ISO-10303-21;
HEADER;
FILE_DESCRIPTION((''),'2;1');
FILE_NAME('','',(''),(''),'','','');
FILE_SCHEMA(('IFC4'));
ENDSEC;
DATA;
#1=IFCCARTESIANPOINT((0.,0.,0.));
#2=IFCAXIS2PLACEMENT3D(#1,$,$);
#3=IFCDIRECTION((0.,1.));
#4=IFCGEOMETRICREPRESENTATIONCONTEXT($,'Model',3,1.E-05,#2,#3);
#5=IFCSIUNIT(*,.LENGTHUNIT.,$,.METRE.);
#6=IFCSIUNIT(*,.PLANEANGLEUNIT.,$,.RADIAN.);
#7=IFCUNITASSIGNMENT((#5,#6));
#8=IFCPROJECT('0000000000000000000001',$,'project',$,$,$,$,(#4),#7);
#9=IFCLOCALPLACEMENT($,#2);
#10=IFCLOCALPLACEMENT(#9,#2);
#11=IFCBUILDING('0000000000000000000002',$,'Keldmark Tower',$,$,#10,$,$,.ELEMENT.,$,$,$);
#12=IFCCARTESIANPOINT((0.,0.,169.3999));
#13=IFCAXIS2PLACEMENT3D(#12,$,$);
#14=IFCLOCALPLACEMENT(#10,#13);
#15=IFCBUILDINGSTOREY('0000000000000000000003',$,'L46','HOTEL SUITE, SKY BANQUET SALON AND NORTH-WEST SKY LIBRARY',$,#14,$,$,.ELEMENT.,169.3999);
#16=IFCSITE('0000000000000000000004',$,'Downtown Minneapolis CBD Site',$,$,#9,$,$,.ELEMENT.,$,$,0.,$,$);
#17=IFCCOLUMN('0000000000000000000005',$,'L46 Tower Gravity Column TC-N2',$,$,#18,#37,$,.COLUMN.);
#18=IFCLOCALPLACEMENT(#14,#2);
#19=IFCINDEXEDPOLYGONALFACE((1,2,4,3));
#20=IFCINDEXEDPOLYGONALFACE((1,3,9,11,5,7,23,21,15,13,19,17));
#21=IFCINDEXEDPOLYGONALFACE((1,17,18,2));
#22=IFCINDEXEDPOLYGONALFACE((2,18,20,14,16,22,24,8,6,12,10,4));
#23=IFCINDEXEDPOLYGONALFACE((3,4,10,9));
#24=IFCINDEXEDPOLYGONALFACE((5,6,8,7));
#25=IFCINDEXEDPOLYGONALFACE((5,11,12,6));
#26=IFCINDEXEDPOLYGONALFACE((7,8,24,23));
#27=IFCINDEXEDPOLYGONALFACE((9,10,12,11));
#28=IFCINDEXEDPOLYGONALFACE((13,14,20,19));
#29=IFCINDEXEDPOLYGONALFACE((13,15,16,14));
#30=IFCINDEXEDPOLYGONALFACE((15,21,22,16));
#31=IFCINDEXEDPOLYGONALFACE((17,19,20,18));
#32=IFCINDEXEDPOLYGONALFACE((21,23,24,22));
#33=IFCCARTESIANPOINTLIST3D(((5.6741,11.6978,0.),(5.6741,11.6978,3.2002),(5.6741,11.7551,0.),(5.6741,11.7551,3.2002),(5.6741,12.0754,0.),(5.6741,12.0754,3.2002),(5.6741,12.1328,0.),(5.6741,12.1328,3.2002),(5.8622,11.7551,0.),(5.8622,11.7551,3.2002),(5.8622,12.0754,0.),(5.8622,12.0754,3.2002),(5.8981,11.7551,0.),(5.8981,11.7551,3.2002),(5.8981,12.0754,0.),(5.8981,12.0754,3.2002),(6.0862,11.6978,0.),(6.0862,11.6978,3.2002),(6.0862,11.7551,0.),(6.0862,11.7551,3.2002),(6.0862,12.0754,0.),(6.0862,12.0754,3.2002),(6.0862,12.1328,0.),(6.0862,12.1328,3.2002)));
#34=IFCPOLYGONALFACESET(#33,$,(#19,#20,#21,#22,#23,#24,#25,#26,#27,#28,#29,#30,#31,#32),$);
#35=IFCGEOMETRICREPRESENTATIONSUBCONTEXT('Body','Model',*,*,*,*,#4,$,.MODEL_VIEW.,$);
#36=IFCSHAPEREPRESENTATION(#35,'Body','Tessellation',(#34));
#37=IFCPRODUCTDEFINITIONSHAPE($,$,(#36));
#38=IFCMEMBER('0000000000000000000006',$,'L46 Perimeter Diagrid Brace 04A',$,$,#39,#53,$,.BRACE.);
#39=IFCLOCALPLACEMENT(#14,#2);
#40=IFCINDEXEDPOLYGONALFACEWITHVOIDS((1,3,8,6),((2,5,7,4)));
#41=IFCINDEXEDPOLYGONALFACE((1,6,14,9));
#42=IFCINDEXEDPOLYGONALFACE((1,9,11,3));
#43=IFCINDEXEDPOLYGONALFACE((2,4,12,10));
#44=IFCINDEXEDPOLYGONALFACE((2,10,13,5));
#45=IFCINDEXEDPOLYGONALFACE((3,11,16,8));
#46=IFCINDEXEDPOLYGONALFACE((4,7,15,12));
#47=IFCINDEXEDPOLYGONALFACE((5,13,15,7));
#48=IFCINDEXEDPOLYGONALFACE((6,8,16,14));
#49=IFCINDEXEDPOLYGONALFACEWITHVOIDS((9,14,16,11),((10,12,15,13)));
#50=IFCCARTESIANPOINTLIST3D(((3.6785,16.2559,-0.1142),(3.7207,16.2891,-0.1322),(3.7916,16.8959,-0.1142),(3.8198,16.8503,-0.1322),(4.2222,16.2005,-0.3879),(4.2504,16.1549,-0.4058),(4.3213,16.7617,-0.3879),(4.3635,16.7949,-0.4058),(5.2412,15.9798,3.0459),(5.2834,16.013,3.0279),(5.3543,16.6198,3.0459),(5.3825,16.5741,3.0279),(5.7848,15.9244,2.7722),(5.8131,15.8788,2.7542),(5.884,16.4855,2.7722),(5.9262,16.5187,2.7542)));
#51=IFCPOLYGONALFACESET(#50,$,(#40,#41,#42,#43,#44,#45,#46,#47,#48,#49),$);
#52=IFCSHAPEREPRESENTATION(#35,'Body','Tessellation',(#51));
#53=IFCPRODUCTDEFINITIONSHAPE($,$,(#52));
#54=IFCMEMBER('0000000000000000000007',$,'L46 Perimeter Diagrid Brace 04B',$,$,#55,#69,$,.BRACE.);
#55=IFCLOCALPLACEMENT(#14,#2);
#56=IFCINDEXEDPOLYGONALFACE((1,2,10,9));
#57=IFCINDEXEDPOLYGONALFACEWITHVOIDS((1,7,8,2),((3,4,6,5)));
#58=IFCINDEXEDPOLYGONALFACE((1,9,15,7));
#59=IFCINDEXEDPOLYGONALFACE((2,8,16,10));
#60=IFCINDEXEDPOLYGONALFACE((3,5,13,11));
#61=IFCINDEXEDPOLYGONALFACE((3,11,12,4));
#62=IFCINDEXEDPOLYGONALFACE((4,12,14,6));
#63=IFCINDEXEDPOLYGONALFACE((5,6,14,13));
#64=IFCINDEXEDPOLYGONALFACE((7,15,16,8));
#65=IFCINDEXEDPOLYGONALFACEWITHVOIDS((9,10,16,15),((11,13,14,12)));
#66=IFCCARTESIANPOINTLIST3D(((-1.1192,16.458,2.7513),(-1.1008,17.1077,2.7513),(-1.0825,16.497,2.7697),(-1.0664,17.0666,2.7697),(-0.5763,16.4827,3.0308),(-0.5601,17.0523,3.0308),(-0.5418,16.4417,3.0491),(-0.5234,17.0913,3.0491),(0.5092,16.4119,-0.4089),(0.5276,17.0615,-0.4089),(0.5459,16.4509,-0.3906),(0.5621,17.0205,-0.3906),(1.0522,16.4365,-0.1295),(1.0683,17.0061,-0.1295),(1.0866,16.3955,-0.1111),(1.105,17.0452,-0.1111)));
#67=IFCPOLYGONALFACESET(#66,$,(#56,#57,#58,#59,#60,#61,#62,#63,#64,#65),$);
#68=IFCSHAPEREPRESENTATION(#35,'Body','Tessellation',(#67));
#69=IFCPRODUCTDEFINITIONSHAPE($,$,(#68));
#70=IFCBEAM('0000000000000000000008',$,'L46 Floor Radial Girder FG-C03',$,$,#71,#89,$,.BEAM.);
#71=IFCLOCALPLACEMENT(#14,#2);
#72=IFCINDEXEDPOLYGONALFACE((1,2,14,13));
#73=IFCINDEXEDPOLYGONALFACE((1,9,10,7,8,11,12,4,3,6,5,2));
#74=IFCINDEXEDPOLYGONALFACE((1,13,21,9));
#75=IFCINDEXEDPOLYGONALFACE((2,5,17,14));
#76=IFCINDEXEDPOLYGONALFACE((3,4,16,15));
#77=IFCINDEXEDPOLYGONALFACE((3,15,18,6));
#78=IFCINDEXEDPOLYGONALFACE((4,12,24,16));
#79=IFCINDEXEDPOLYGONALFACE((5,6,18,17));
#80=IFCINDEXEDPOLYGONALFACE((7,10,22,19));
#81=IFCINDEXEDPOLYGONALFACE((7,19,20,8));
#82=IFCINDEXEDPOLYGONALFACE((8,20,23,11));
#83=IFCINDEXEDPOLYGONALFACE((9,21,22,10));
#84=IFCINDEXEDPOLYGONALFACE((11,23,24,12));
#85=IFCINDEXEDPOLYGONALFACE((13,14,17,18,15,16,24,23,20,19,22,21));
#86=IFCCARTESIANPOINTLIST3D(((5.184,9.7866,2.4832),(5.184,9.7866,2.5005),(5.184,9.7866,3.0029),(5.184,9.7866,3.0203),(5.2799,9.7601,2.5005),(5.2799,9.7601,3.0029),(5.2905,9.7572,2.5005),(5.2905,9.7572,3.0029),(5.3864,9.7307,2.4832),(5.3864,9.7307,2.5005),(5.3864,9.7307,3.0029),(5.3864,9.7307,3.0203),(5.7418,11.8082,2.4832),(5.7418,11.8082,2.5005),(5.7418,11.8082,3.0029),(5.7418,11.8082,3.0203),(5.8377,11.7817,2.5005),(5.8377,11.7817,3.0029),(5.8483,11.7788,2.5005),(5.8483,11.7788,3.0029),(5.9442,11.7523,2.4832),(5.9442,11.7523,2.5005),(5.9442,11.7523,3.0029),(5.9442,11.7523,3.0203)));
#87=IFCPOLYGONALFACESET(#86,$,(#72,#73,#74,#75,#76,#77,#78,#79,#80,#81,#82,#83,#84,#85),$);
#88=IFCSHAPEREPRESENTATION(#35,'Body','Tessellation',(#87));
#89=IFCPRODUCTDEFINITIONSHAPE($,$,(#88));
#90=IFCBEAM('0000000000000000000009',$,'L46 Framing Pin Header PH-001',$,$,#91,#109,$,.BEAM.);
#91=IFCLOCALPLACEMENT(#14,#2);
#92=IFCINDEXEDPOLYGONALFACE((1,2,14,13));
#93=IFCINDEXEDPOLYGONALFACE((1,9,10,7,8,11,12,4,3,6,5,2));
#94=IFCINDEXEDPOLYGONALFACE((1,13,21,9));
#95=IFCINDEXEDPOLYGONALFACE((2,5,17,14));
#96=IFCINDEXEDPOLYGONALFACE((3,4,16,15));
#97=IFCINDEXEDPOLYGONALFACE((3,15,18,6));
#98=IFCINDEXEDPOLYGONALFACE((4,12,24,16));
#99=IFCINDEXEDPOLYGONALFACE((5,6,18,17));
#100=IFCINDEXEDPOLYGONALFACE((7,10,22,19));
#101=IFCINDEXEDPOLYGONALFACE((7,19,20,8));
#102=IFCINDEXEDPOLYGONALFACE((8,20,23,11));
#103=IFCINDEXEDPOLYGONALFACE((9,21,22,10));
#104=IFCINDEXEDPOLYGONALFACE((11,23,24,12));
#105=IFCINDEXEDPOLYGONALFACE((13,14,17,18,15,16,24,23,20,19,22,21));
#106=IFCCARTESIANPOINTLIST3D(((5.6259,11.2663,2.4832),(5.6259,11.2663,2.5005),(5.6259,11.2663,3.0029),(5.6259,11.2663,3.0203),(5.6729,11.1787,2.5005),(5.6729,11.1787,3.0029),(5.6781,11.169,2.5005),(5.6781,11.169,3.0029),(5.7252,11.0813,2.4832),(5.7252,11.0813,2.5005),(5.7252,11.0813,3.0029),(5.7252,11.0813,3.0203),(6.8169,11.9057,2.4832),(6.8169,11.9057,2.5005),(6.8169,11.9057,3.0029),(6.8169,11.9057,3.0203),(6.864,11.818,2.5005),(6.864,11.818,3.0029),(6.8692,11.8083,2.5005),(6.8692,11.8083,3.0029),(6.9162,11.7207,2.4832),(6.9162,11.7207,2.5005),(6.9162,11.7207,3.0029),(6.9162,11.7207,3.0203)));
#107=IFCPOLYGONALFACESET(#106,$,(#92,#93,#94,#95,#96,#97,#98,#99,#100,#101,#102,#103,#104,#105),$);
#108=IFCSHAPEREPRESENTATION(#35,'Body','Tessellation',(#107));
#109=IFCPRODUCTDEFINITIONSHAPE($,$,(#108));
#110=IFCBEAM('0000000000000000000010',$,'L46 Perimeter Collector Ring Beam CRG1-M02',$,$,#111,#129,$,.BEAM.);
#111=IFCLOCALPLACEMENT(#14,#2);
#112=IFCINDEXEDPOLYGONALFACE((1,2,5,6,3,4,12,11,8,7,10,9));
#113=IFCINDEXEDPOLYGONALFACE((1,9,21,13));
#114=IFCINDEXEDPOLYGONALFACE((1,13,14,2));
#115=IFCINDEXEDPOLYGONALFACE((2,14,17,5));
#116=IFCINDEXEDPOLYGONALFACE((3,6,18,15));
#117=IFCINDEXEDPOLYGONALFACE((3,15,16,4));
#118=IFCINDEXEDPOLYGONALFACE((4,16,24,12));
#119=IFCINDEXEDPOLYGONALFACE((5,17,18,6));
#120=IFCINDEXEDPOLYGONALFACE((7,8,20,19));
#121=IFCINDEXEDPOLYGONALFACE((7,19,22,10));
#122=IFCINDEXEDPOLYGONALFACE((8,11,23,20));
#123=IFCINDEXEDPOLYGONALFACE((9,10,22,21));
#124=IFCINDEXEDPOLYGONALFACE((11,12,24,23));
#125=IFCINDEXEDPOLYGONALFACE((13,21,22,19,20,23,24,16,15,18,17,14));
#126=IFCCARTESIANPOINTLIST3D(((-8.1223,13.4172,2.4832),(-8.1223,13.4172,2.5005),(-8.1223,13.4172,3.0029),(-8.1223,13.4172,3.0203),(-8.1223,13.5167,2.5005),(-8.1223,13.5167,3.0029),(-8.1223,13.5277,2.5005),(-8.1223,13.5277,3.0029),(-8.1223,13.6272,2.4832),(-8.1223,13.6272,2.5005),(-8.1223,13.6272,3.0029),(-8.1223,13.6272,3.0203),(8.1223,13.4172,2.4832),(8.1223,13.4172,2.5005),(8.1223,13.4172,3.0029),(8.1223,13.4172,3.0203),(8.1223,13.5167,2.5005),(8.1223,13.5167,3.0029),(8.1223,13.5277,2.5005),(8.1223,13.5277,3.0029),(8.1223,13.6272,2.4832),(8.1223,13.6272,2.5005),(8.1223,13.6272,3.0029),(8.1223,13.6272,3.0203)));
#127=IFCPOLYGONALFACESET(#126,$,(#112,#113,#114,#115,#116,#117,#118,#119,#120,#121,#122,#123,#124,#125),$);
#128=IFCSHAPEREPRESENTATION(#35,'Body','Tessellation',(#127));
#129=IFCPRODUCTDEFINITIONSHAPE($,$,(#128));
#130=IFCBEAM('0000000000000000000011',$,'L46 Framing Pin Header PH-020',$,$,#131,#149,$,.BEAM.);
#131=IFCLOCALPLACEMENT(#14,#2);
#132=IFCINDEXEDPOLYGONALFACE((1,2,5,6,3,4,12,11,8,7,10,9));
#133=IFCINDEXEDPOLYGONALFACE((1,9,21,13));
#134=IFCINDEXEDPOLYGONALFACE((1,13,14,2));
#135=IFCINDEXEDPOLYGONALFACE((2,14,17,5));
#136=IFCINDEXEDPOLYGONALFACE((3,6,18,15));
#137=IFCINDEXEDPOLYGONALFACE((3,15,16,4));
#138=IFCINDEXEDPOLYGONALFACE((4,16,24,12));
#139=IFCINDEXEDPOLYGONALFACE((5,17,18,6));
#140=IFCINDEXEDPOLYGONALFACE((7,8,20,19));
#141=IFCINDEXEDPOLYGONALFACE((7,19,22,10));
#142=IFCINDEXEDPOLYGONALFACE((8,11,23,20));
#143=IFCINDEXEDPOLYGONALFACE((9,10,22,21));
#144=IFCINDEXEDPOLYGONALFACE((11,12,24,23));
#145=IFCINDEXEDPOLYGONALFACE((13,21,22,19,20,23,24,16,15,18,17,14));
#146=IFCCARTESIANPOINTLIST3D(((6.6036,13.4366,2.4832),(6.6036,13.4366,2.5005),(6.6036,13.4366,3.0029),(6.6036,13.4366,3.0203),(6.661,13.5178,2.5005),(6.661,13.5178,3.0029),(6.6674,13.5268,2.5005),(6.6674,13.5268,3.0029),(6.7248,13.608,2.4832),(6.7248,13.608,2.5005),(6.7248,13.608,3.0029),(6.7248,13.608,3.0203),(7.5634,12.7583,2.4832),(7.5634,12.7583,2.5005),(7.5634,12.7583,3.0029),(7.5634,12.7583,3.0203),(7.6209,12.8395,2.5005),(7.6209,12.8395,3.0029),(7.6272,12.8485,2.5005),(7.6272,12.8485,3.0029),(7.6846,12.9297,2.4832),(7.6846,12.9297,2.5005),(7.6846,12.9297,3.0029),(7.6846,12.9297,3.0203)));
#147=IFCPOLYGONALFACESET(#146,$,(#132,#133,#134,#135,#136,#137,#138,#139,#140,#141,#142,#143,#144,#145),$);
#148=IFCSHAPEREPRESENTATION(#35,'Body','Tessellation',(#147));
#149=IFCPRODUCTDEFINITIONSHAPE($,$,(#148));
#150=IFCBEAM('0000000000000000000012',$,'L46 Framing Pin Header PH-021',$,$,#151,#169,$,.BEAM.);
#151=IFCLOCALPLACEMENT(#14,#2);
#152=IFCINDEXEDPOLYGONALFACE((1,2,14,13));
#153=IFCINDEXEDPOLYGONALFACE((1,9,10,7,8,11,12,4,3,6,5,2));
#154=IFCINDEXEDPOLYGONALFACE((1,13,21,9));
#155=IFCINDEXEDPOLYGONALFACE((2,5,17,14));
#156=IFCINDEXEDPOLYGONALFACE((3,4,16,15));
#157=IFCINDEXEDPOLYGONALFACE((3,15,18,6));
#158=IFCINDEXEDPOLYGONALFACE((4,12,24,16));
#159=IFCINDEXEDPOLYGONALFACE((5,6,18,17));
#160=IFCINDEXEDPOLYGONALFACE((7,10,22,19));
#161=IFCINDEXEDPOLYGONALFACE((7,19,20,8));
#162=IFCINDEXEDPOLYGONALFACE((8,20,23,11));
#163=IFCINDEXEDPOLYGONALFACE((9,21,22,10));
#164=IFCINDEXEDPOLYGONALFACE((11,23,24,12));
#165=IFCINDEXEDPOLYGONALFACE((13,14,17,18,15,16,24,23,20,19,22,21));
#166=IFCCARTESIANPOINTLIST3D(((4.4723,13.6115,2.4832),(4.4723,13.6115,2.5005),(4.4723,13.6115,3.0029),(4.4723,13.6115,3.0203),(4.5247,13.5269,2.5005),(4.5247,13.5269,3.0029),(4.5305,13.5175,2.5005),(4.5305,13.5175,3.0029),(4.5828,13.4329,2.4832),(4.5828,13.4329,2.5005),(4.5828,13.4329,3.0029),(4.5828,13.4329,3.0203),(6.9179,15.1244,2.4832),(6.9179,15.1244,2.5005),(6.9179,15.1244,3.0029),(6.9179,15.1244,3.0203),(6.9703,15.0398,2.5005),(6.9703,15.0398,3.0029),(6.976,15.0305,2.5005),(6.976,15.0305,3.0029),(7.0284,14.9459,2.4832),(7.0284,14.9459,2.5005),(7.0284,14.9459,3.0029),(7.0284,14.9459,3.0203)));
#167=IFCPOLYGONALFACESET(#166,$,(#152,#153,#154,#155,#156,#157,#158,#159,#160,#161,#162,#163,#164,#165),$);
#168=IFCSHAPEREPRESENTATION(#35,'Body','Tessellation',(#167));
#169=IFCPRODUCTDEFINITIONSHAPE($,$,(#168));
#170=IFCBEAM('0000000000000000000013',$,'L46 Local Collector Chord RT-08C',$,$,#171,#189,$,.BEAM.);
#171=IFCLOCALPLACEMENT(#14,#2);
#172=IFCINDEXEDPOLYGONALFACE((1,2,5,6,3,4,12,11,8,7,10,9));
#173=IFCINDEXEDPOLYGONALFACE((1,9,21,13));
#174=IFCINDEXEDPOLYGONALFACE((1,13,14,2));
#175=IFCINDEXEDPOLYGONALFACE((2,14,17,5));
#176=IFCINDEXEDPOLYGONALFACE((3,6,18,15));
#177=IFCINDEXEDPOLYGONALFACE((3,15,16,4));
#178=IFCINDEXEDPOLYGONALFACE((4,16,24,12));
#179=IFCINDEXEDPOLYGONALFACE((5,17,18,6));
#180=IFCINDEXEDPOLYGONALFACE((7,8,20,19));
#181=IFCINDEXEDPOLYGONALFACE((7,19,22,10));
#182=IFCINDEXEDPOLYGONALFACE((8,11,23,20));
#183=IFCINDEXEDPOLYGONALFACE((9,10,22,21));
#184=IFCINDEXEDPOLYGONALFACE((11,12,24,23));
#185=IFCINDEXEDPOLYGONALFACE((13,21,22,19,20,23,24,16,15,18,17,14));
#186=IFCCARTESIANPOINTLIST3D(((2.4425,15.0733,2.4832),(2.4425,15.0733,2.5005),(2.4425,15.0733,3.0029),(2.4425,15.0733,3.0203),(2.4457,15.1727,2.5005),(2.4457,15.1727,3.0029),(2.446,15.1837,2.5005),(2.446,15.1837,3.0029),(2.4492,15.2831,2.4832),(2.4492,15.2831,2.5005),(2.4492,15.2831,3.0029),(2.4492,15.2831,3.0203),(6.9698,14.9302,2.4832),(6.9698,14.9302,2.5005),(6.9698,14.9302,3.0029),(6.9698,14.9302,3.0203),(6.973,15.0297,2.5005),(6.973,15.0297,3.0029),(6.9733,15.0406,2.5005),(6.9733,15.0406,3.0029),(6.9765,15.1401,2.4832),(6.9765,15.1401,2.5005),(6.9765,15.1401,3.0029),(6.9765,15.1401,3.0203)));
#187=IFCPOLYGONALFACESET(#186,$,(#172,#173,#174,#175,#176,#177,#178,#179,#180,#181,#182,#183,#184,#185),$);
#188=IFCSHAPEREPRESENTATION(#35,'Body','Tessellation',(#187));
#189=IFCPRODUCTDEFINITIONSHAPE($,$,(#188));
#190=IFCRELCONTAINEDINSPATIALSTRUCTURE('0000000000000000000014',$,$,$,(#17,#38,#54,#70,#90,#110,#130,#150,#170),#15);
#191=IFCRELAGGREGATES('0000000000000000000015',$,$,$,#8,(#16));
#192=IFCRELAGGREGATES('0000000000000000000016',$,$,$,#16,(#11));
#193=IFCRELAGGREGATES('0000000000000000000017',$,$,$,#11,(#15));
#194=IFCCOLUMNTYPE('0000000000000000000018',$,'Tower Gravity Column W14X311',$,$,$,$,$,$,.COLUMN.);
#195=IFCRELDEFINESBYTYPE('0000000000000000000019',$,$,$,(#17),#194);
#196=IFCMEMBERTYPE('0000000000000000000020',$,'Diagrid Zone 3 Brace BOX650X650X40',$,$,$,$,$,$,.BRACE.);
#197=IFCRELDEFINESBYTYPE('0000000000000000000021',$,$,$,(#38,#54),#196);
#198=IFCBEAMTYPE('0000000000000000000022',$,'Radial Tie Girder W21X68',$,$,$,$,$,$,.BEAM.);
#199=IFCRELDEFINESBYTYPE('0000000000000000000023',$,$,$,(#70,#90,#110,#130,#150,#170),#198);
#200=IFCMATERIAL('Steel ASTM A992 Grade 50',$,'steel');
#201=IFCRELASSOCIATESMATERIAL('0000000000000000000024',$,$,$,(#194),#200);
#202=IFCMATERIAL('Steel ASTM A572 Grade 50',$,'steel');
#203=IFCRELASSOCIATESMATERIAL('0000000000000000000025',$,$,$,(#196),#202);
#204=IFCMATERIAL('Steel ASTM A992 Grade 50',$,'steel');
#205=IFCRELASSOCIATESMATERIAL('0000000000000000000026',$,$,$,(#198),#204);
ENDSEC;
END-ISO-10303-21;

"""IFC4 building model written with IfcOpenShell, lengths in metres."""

from ifc_helpers import new_model, si_unit, direction, frame, origin, origin_2d, place, context, subcontext, project, spatial, hollow_rectangle, i_section, extrude, material, material_profile, profile_set, type_object, element, save


model = new_model("IFC4")

# Units and contexts
model_context = context("Model", 3, precision=1e-05, world=origin(), true_north=direction((0.0, 1.0)))
body_context = subcontext(model_context, "Body", "Model", "MODEL_VIEW")
ifc_project = project(units=[si_unit("LENGTHUNIT", "METRE"), si_unit("PLANEANGLEUNIT", "RADIAN")], contexts=[model_context])

# Site, building, storey
site_placement = place(None, origin())
site = spatial("IfcSite", under=ifc_project, at=site_placement, Name="Downtown Minneapolis CBD Site", CompositionType="ELEMENT", RefElevation=0.0)
building_placement = place(site_placement, origin())
building = spatial("IfcBuilding", under=site, at=building_placement, Name="Keldmark Tower", CompositionType="ELEMENT")
storey_placement = place(building_placement, frame((0.0, 0.0, 169.3999)))
storey = spatial("IfcBuildingStorey", under=building, at=storey_placement, Name="L46", Description="HOTEL SUITE, SKY BANQUET SALON AND NORTH-WEST SKY LIBRARY", CompositionType="ELEMENT", Elevation=169.3999)

# Column
ifc_material_1 = material(Name="Steel ASTM A992 Grade 50", Category="steel")
ifc_material_profile_1 = material_profile(ifc_material_1, i_section(OverallWidth=0.4121, OverallDepth=0.4351, WebThickness=0.0359, FlangeThickness=0.0574, at=origin_2d()), Name="W14X311")
ifc_profile_set_1 = profile_set([ifc_material_profile_1], Name="Steel ASTM A992 Grade 50")
column_type = type_object("IfcColumnType", Name="Tower Gravity Column W14X311", PredefinedType="COLUMN", material=ifc_profile_set_1)
column_placement = place(storey_placement, frame((5.8801, 11.9153, 0.0), z_axis=(0.0, 0.0, 1.0), x_axis=(1.0, 0.0, 0.0)))
element("IfcColumn", 1, at=column_placement, inside=storey, type_object=column_type, Name="L46 Tower Gravity Column TC-N2", PredefinedType="COLUMN", context=body_context, shape_type="SweptSolid", body=[
    extrude(i_section(OverallWidth=0.4121, OverallDepth=0.4351, WebThickness=0.0359, FlangeThickness=0.0574, at=origin_2d()), origin(), (0.0, 0.0, 1.0), 3.2002),
])

# Members
ifc_material_2 = material(Name="Steel ASTM A572 Grade 50", Category="steel")
ifc_material_profile_2 = material_profile(ifc_material_2, hollow_rectangle(XDim=0.6499, YDim=0.6499, WallThickness=0.04, at=origin_2d()), Name="BOX650X650X40")
ifc_profile_set_2 = profile_set([ifc_material_profile_2], Name="Steel ASTM A572 Grade 50")
member_type = type_object("IfcMemberType", Name="Diagrid Zone 3 Brace BOX650X650X40", PredefinedType="BRACE", material=ifc_profile_set_2)
member_1_placement = place(storey_placement, frame((4.021, 16.5254, -0.26), z_axis=(0.441922, -0.078084, 0.893648), x_axis=(0.173996, 0.984746, 0.0)))
element("IfcMember", 2, at=member_1_placement, inside=storey, type_object=member_type, Name="L46 Perimeter Diagrid Brace 04A", PredefinedType="BRACE", context=body_context, shape_type="SweptSolid", body=[
    extrude(hollow_rectangle(XDim=0.6499, YDim=0.6499, WallThickness=0.04, at=origin_2d()), origin(), (0.0, 0.0, 1.0), 3.5361),
])
member_2_placement = place(storey_placement, frame((0.8071, 16.7285, -0.26), z_axis=(-0.45802, 0.012978, 0.888847), x_axis=(-0.028324, -0.999599, 0.0)))
element("IfcMember", 3, at=member_2_placement, inside=storey, type_object=member_type, Name="L46 Perimeter Diagrid Brace 04B", PredefinedType="BRACE", context=body_context, shape_type="SweptSolid", body=[
    extrude(hollow_rectangle(XDim=0.6499, YDim=0.6499, WallThickness=0.04, at=origin_2d()), origin(), (0.0, 0.0, 1.0), 3.5554),
])

# Beams
ifc_material_3 = material(Name="Steel ASTM A992 Grade 50", Category="steel")
ifc_material_profile_3 = material_profile(ifc_material_3, i_section(OverallWidth=0.21, OverallDepth=0.5371, WebThickness=0.011, FlangeThickness=0.0173, at=origin_2d()), Name="W21X68")
ifc_profile_set_3 = profile_set([ifc_material_profile_3], Name="Steel ASTM A992 Grade 50")
beam_type_1 = type_object("IfcBeamType", Name="Radial Tie Girder W21X68", PredefinedType="BEAM", material=ifc_profile_set_3)
beam_1_placement = place(storey_placement, frame((5.843, 11.7803, 2.7517), z_axis=(-0.265992, -0.963975, 0.0), x_axis=(0.963975, -0.265992, 0.0)))
element("IfcBeam", 4, at=beam_1_placement, inside=storey, type_object=beam_type_1, Name="L46 Floor Radial Girder FG-C03", PredefinedType="BEAM", context=body_context, shape_type="SweptSolid", body=[
    extrude(i_section(OverallWidth=0.21, OverallDepth=0.5371, WebThickness=0.011, FlangeThickness=0.0173, at=origin_2d()), origin(), (0.0, 0.0, 1.0), 2.0972),
])
beam_2_placement = place(storey_placement, frame((5.6755, 11.1738, 2.7517), z_axis=(0.881085, 0.472958, 0.0), x_axis=(-0.472958, 0.881085, 0.0)))
element("IfcBeam", 5, at=beam_2_placement, inside=storey, type_object=beam_type_1, Name="L46 Framing Pin Header PH-001", PredefinedType="BEAM", context=body_context, shape_type="SweptSolid", body=[
    extrude(i_section(OverallWidth=0.21, OverallDepth=0.5371, WebThickness=0.011, FlangeThickness=0.0173, at=origin_2d()), origin(), (0.0, 0.0, 1.0), 1.3518),
])
beam_3_placement = place(storey_placement, frame((8.1223, 13.5222, 2.7517), z_axis=(-1.0, 0.0, 0.0), x_axis=(0.0, -1.0, 0.0)))
element("IfcBeam", 6, at=beam_3_placement, inside=storey, type_object=beam_type_1, Name="L46 Perimeter Collector Ring Beam CRG1-M02", PredefinedType="BEAM", context=body_context, shape_type="SweptSolid", body=[
    extrude(i_section(OverallWidth=0.21, OverallDepth=0.5371, WebThickness=0.011, FlangeThickness=0.0173, at=origin_2d()), origin(), (0.0, 0.0, 1.0), 16.2446),
])
beam_4_placement = place(storey_placement, frame((7.624, 12.844, 2.7517), z_axis=(-0.816657, 0.577124, 0.0), x_axis=(-0.577124, -0.816657, 0.0)))
element("IfcBeam", 7, at=beam_4_placement, inside=storey, type_object=beam_type_1, Name="L46 Framing Pin Header PH-020", PredefinedType="BEAM", context=body_context, shape_type="SweptSolid", body=[
    extrude(i_section(OverallWidth=0.21, OverallDepth=0.5371, WebThickness=0.011, FlangeThickness=0.0173, at=origin_2d()), origin(), (0.0, 0.0, 1.0), 1.1753),
])
beam_5_placement = place(storey_placement, frame((6.9731, 15.0352, 2.7517), z_axis=(-0.850417, -0.526109, 0.0), x_axis=(0.526109, -0.850417, 0.0)))
element("IfcBeam", 8, at=beam_5_placement, inside=storey, type_object=beam_type_1, Name="L46 Framing Pin Header PH-021", PredefinedType="BEAM", context=body_context, shape_type="SweptSolid", body=[
    extrude(i_section(OverallWidth=0.21, OverallDepth=0.5371, WebThickness=0.011, FlangeThickness=0.0173, at=origin_2d()), origin(), (0.0, 0.0, 1.0), 2.8757),
])
beam_6_placement = place(storey_placement, frame((6.9731, 15.0352, 2.7517), z_axis=(-0.999501, 0.031585, 0.0), x_axis=(-0.031585, -0.999501, 0.0)))
element("IfcBeam", 9, at=beam_6_placement, inside=storey, type_object=beam_type_1, Name="L46 Local Collector Chord RT-08C", PredefinedType="BEAM", context=body_context, shape_type="SweptSolid", body=[
    extrude(i_section(OverallWidth=0.21, OverallDepth=0.5371, WebThickness=0.011, FlangeThickness=0.0173, at=origin_2d()), origin(), (0.0, 0.0, 1.0), 4.5295),
])

save(model, "model.ifc")
